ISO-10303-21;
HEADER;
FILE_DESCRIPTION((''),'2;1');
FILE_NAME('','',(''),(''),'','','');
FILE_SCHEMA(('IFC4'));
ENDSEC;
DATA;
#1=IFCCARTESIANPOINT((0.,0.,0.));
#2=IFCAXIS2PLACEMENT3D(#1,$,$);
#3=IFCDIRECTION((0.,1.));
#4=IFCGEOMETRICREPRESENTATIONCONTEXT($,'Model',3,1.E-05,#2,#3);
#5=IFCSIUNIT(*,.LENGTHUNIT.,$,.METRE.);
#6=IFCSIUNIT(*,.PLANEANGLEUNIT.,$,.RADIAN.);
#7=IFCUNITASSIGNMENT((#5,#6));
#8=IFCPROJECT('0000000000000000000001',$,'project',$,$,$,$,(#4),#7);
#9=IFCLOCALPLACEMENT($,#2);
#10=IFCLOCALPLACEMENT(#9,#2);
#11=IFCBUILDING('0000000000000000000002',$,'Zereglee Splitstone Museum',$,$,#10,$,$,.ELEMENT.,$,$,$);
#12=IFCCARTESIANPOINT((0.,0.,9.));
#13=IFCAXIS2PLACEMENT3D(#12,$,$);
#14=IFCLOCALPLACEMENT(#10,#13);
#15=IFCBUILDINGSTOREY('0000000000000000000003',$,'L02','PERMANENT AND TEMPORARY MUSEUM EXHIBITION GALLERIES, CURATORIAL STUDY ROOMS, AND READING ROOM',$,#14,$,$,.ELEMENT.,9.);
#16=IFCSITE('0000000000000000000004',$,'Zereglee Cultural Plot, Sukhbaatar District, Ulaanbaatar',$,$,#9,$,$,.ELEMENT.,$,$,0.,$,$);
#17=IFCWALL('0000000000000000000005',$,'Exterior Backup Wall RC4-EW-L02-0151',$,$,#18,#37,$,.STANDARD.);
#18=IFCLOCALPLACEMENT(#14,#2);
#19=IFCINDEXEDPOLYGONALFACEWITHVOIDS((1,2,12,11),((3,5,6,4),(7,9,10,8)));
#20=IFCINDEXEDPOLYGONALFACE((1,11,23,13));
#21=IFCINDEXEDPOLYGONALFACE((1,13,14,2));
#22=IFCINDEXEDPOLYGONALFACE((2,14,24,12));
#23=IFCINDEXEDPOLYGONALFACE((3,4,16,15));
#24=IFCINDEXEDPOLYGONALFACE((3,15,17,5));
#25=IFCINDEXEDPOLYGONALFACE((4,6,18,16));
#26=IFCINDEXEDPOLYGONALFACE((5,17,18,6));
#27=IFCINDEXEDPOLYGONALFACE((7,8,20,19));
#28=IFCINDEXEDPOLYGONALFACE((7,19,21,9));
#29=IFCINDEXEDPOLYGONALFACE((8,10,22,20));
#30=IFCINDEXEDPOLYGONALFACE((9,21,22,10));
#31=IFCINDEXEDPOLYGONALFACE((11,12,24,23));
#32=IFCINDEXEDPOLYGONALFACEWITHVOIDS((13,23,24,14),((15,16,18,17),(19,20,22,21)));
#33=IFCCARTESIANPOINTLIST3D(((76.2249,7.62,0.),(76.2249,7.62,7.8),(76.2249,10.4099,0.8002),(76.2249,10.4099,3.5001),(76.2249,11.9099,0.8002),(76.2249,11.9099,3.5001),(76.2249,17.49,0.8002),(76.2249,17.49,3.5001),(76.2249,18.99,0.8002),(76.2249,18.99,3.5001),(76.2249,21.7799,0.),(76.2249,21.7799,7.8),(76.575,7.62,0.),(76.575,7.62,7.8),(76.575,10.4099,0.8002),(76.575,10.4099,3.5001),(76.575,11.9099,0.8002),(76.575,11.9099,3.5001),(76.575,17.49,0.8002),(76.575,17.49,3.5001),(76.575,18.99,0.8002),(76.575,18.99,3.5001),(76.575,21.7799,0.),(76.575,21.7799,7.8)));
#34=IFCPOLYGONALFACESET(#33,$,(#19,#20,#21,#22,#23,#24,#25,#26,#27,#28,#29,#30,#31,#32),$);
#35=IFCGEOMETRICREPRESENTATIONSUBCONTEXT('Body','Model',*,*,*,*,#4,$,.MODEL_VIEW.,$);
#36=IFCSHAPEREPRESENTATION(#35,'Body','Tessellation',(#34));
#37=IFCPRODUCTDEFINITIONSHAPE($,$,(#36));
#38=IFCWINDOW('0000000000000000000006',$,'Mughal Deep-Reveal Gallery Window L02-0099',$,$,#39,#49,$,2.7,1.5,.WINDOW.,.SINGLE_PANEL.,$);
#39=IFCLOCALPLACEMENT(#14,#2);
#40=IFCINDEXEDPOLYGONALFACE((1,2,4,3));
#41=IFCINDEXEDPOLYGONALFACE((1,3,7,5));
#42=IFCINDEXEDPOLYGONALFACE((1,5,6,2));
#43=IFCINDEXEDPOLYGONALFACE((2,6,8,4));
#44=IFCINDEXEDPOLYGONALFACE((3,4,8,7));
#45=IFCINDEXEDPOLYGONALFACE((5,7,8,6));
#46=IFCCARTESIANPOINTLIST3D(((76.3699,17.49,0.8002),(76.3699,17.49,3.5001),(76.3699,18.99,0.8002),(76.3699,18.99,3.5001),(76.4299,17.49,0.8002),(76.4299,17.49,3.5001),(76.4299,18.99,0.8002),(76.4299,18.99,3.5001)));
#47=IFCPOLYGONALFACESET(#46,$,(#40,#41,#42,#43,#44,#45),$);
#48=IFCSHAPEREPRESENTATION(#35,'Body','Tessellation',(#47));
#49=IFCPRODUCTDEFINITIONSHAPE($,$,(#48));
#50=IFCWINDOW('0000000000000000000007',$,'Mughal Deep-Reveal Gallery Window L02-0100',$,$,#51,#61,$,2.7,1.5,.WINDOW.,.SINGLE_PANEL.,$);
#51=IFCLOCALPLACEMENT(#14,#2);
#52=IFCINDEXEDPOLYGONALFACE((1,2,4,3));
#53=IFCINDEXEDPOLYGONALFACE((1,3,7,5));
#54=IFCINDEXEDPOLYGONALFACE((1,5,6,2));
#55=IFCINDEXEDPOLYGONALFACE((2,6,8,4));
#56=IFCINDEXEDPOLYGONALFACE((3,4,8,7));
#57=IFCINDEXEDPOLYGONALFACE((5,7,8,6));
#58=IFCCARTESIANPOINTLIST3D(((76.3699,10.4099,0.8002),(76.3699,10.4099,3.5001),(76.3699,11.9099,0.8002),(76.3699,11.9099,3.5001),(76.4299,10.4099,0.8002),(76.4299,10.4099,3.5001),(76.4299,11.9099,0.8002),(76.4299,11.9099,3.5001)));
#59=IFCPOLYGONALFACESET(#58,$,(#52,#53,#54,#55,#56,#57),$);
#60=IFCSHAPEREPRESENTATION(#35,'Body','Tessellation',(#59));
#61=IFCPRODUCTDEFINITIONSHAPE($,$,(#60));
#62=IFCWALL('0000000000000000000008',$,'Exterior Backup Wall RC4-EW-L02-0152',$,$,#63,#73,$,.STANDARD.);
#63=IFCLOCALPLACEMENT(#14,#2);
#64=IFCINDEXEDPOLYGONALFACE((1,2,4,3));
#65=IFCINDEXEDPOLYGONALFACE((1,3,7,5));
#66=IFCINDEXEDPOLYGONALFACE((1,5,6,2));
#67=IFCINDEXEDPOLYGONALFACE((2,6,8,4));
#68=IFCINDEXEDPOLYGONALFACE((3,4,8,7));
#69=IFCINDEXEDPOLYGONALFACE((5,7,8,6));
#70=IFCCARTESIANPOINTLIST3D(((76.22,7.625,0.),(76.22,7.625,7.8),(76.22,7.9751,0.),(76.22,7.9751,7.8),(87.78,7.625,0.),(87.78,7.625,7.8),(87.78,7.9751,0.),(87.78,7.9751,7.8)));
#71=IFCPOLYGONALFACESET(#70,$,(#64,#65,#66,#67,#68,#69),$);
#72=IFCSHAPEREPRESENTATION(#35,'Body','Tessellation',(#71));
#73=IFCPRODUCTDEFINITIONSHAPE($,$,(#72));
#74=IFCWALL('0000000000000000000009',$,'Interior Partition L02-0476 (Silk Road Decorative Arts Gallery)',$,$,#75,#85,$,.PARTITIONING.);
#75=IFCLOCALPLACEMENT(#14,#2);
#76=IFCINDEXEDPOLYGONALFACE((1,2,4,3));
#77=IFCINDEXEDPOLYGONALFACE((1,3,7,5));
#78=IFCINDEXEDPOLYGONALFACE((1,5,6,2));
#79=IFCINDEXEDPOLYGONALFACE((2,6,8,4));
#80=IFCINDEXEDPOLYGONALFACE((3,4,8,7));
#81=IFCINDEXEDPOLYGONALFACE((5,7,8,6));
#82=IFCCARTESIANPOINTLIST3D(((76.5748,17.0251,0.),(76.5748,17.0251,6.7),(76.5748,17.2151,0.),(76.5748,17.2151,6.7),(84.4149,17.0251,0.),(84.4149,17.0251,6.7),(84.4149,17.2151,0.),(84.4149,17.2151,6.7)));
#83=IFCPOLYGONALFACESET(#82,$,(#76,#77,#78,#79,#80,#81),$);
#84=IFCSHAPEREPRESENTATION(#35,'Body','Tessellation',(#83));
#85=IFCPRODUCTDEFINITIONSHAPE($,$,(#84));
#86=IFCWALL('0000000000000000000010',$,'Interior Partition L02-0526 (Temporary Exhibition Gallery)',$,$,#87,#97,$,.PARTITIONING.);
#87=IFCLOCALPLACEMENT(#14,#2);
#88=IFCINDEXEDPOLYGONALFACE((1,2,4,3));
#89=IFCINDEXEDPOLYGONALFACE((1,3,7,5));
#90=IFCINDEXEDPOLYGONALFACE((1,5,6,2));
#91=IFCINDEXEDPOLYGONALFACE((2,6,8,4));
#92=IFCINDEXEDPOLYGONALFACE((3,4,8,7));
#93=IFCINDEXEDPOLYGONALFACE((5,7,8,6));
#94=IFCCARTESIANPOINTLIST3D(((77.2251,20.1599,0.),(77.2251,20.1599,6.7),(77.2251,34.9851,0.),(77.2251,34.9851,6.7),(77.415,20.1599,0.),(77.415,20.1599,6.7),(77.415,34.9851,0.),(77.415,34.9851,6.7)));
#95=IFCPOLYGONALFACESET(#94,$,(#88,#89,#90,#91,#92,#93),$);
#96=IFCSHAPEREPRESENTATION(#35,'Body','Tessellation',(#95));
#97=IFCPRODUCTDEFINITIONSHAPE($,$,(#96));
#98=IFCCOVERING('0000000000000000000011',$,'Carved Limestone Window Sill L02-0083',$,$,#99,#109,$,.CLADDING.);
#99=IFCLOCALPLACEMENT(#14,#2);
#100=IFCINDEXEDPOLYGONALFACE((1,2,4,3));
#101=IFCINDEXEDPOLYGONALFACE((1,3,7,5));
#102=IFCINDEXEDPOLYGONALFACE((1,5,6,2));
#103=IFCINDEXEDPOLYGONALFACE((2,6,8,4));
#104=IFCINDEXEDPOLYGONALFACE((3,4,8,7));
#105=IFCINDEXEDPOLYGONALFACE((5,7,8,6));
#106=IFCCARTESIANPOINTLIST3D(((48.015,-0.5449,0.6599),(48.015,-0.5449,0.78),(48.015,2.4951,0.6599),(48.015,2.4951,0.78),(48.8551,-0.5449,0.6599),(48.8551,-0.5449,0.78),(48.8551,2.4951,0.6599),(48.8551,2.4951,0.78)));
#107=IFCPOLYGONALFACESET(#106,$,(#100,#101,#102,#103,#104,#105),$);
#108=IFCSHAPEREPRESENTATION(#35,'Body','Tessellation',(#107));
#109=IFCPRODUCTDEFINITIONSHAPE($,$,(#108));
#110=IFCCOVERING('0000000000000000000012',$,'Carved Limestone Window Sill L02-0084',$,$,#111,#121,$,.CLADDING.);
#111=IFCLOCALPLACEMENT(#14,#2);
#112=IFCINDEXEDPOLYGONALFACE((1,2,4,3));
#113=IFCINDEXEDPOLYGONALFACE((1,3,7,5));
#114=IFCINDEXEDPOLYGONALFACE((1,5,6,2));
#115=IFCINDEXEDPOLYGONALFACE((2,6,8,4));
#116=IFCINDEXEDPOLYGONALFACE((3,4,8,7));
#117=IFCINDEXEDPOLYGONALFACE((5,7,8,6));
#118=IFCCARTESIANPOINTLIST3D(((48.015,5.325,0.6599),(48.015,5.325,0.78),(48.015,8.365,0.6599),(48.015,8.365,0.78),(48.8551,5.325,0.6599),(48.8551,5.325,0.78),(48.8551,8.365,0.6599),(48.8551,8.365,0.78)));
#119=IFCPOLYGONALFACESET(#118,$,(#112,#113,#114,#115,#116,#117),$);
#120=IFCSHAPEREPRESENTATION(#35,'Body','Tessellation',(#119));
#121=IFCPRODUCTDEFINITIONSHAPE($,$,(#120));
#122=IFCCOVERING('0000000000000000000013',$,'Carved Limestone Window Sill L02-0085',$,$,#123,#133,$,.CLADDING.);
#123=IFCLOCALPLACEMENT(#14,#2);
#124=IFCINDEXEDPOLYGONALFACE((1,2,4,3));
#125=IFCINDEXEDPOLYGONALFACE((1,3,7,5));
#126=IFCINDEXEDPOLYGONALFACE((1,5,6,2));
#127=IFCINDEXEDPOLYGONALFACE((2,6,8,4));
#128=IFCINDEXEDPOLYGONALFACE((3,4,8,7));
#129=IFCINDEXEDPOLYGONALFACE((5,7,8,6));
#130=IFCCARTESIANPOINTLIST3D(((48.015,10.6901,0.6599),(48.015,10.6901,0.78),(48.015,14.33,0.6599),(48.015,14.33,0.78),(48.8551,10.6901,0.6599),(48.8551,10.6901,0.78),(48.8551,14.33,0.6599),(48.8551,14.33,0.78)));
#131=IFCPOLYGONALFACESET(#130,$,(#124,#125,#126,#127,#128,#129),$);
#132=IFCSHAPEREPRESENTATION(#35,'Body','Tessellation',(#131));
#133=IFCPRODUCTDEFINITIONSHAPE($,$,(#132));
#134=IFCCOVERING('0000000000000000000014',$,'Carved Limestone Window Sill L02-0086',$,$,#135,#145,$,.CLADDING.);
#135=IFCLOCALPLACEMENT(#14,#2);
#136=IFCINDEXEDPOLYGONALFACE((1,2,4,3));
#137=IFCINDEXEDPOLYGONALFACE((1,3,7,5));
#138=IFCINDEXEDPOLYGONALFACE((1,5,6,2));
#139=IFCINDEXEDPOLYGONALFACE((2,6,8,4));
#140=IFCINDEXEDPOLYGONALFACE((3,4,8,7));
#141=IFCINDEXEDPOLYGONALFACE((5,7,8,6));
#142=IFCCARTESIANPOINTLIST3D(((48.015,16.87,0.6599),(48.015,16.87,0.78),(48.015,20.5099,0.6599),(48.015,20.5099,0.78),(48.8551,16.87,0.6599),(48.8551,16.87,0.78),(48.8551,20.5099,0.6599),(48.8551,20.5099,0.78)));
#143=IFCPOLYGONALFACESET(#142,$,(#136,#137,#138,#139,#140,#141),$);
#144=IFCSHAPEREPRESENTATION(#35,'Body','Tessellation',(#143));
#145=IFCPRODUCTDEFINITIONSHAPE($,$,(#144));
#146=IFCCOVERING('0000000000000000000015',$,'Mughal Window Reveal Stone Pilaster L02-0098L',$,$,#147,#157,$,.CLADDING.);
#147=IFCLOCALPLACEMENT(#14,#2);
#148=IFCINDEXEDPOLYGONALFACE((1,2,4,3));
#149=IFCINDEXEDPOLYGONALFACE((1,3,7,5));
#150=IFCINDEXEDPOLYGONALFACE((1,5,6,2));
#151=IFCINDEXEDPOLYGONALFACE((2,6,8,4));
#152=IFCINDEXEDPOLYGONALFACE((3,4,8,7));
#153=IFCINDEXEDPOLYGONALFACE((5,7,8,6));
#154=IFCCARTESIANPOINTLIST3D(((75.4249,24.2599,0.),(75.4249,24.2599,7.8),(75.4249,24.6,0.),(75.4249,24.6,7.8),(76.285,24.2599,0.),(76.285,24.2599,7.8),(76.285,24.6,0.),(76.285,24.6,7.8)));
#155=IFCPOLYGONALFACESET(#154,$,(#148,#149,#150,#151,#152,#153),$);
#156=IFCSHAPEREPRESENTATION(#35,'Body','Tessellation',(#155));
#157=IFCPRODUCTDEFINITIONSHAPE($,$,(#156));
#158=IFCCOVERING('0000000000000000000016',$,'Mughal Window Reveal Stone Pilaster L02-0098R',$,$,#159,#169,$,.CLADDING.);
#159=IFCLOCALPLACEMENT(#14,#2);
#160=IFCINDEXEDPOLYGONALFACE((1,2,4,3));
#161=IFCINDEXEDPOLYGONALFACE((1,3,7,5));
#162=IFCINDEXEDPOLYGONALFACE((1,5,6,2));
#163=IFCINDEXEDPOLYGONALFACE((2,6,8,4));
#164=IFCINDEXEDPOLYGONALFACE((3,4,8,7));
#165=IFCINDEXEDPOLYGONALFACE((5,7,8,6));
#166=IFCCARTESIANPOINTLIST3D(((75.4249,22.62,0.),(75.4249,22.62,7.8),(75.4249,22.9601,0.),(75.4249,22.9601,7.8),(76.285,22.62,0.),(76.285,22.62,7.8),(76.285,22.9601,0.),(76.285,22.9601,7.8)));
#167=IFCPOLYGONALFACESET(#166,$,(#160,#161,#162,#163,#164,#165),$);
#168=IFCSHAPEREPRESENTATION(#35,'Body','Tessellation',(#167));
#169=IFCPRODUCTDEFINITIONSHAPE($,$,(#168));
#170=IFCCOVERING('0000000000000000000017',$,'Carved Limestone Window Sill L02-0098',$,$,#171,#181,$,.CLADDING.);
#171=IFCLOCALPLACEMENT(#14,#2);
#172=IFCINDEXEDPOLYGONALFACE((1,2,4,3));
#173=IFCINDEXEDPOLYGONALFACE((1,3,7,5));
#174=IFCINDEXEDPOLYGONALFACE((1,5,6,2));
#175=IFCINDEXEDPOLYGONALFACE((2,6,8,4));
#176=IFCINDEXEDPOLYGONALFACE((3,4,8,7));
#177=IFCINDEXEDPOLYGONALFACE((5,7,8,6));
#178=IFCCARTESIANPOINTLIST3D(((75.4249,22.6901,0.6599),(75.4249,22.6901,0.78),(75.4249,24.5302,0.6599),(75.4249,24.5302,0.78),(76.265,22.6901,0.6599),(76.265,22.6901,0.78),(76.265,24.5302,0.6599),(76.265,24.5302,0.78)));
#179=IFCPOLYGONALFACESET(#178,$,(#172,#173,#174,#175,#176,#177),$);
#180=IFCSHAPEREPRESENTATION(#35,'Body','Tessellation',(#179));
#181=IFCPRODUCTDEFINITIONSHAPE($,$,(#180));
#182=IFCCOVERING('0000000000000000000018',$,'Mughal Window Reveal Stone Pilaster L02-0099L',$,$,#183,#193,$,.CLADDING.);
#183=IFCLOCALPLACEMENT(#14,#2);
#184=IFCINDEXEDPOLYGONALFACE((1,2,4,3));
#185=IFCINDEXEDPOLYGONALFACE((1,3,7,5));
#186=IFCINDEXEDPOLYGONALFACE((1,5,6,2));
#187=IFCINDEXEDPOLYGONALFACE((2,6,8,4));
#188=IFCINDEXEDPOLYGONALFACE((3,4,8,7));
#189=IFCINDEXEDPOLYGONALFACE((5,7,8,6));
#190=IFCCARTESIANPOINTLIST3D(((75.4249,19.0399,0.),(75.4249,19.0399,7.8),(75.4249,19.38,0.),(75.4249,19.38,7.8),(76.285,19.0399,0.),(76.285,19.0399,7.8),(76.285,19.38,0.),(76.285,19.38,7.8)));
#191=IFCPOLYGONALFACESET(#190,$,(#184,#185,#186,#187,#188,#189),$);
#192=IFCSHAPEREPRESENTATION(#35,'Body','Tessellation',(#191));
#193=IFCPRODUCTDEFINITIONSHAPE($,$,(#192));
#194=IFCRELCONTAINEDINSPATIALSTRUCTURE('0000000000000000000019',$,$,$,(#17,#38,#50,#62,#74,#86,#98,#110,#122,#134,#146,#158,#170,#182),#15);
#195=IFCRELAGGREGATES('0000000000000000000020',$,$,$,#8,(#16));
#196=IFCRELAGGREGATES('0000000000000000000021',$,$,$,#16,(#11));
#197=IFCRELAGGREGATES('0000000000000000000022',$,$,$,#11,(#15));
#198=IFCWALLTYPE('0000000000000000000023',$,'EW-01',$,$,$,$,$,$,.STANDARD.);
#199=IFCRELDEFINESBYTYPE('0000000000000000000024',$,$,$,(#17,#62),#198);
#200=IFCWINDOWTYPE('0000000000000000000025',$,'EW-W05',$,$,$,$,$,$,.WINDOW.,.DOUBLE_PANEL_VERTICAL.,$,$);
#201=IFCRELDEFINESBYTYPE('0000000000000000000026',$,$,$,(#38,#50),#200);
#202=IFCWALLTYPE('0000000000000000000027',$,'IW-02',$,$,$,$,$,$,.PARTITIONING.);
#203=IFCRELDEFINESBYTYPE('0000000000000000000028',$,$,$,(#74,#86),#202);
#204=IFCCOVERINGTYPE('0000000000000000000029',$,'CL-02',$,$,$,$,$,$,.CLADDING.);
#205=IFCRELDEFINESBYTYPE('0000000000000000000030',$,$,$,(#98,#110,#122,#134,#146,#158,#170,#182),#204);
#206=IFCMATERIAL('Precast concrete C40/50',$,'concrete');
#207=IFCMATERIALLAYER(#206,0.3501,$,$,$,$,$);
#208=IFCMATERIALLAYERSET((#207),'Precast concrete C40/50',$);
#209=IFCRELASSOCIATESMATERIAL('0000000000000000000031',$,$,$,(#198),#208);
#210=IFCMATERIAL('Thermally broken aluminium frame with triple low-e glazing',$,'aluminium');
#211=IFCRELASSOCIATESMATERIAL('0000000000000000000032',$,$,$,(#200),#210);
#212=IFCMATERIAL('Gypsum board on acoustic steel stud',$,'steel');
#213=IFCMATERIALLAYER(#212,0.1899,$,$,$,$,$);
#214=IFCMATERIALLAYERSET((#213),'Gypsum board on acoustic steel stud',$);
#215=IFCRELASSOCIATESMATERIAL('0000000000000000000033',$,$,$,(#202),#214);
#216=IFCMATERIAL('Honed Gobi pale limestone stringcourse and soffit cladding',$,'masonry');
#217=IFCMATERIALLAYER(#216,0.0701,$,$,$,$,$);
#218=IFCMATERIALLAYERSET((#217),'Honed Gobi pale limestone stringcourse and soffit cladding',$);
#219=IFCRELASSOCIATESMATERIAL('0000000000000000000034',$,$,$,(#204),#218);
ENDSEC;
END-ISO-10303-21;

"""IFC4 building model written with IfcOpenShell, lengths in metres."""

from ifc_helpers import new_model, si_unit, direction, frame, frame_2d, origin, origin_2d, place, context, subcontext, project, spatial, rectangle, extrude, material, layer, layer_set, type_object, element, fill, save


model = new_model("IFC4")

# Units and contexts
model_context = context("Model", 3, precision=1e-05, world=origin(), true_north=direction((0.0, 1.0)))
body_context = subcontext(model_context, "Body", "Model", "MODEL_VIEW")
ifc_project = project(units=[si_unit("LENGTHUNIT", "METRE"), si_unit("PLANEANGLEUNIT", "RADIAN")], contexts=[model_context])

# Site, building, storey
site_placement = place(None, origin())
site = spatial("IfcSite", under=ifc_project, at=site_placement, Name="Zereglee Cultural Plot, Sukhbaatar District, Ulaanbaatar", CompositionType="ELEMENT", RefElevation=0.0)
building_placement = place(site_placement, origin())
building = spatial("IfcBuilding", under=site, at=building_placement, Name="Zereglee Splitstone Museum", CompositionType="ELEMENT")
storey_placement = place(building_placement, frame((0.0, 0.0, 9.0)))
storey = spatial("IfcBuildingStorey", under=building, at=storey_placement, Name="L02", Description="PERMANENT AND TEMPORARY MUSEUM EXHIBITION GALLERIES, CURATORIAL STUDY ROOMS, AND READING ROOM", CompositionType="ELEMENT", Elevation=9.0)

# Wall, openings, windows
ifc_material_1 = material(Name="Precast concrete C40/50", Category="concrete")
ifc_layer_1 = layer(ifc_material_1, 0.3501)
ifc_layer_set_1 = layer_set([ifc_layer_1], Name="Precast concrete C40/50")
wall_type_1 = type_object("IfcWallType", Name="EW-01", PredefinedType="STANDARD", material=ifc_layer_set_1)
wall_1_placement = place(storey_placement, frame((76.3999, 21.78, 0.0), z_axis=(0.0, 0.0, 1.0), x_axis=(0.0, -1.0, 0.0)))
wall_1 = element("IfcWall", 1, at=wall_1_placement, inside=storey, type_object=wall_type_1, Name="Exterior Backup Wall RC4-EW-L02-0151", PredefinedType="STANDARD", context=body_context, shape_type="SweptSolid", body=[
    extrude(rectangle(XDim=14.1599, YDim=0.3501, at=frame_2d((7.0801, 0.0))), origin(), (0.0, 0.0, 1.0), 7.8),
])
opening_1_placement = place(wall_1_placement, frame((2.79, 0.0, 0.8)))
opening_1 = element("IfcOpeningElement", 2, at=opening_1_placement, cuts=wall_1, PredefinedType="OPENING", context=body_context, shape_type="SweptSolid", body=[
    extrude(rectangle(XDim=1.5, YDim=2.7, at=frame_2d((0.75, 1.3501))), frame((0.0, 0.1899, 0.0), z_axis=(0.0, -1.0, 0.0), x_axis=(1.0, 0.0, 0.0)), (0.0, 0.0, 1.0), 0.3799),
])
opening_2_placement = place(wall_1_placement, frame((9.8701, 0.0, 0.8)))
opening_2 = element("IfcOpeningElement", 3, at=opening_2_placement, cuts=wall_1, PredefinedType="OPENING", context=body_context, shape_type="SweptSolid", body=[
    extrude(rectangle(XDim=1.5, YDim=2.7, at=frame_2d((0.75, 1.3501))), frame((0.0, 0.1899, 0.0), z_axis=(0.0, -1.0, 0.0), x_axis=(1.0, 0.0, 0.0)), (0.0, 0.0, 1.0), 0.3799),
])
ifc_material_2 = material(Name="Thermally broken aluminium frame with triple low-e glazing", Category="aluminium")
window_type = type_object("IfcWindowType", Name="EW-W05", PartitioningType="DOUBLE_PANEL_VERTICAL", PredefinedType="WINDOW", material=ifc_material_2)
window_1_placement = place(opening_1_placement, origin())
window_1 = element("IfcWindow", 4, at=window_1_placement, inside=storey, type_object=window_type, Name="Mughal Deep-Reveal Gallery Window L02-0099", OverallHeight=2.7, OverallWidth=1.5, PartitioningType="SINGLE_PANEL", PredefinedType="WINDOW", context=body_context, shape_type="SweptSolid", body=[
    extrude(rectangle(XDim=1.5, YDim=2.7, at=frame_2d((0.75, 1.3501))), frame((0.0, 0.03, 0.0), z_axis=(0.0, -1.0, 0.0), x_axis=(1.0, 0.0, 0.0)), (0.0, 0.0, 1.0), 0.0601),
])
fill(opening_1, window_1)
window_2_placement = place(opening_2_placement, origin())
window_2 = element("IfcWindow", 5, at=window_2_placement, inside=storey, type_object=window_type, Name="Mughal Deep-Reveal Gallery Window L02-0100", OverallHeight=2.7, OverallWidth=1.5, PartitioningType="SINGLE_PANEL", PredefinedType="WINDOW", context=body_context, shape_type="SweptSolid", body=[
    extrude(rectangle(XDim=1.5, YDim=2.7, at=frame_2d((0.75, 1.3501))), frame((0.0, 0.03, 0.0), z_axis=(0.0, -1.0, 0.0), x_axis=(1.0, 0.0, 0.0)), (0.0, 0.0, 1.0), 0.0601),
])
fill(opening_2, window_2)

# Walls
wall_2_placement = place(storey_placement, frame((76.22, 7.8, 0.0), z_axis=(0.0, 0.0, 1.0), x_axis=(1.0, 0.0, 0.0)))
element("IfcWall", 6, at=wall_2_placement, inside=storey, type_object=wall_type_1, Name="Exterior Backup Wall RC4-EW-L02-0152", PredefinedType="STANDARD", context=body_context, shape_type="SweptSolid", body=[
    extrude(rectangle(XDim=11.5601, YDim=0.3501, at=frame_2d((5.78, 0.0))), origin(), (0.0, 0.0, 1.0), 7.8),
])
ifc_material_3 = material(Name="Gypsum board on acoustic steel stud", Category="steel")
ifc_layer_2 = layer(ifc_material_3, 0.1899)
ifc_layer_set_2 = layer_set([ifc_layer_2], Name="Gypsum board on acoustic steel stud")
wall_type_2 = type_object("IfcWallType", Name="IW-02", PredefinedType="PARTITIONING", material=ifc_layer_set_2)
wall_3_placement = place(storey_placement, frame((76.575, 17.1201, 0.0), z_axis=(0.0, 0.0, 1.0), x_axis=(1.0, 0.0, 0.0)))
element("IfcWall", 7, at=wall_3_placement, inside=storey, type_object=wall_type_2, Name="Interior Partition L02-0476 (Silk Road Decorative Arts Gallery)", PredefinedType="PARTITIONING", context=body_context, shape_type="SweptSolid", body=[
    extrude(rectangle(XDim=7.8401, YDim=0.1899, at=frame_2d((3.9199, 0.0))), origin(), (0.0, 0.0, 1.0), 6.7),
])
wall_4_placement = place(storey_placement, frame((77.3201, 20.1599, 0.0), z_axis=(0.0, 0.0, 1.0), x_axis=(0.0, 1.0, 0.0)))
element("IfcWall", 8, at=wall_4_placement, inside=storey, type_object=wall_type_2, Name="Interior Partition L02-0526 (Temporary Exhibition Gallery)", PredefinedType="PARTITIONING", context=body_context, shape_type="SweptSolid", body=[
    extrude(rectangle(XDim=14.8252, YDim=0.1899, at=frame_2d((7.4126, 0.0))), origin(), (0.0, 0.0, 1.0), 6.7),
])

# Coverings
ifc_material_4 = material(Name="Honed Gobi pale limestone stringcourse and soffit cladding", Category="masonry")
ifc_layer_3 = layer(ifc_material_4, 0.0701)
ifc_layer_set_3 = layer_set([ifc_layer_3], Name="Honed Gobi pale limestone stringcourse and soffit cladding")
covering_type_1 = type_object("IfcCoveringType", Name="CL-02", PredefinedType="CLADDING", material=ifc_layer_set_3)
for number, where, z_axis, x_axis, name in (
    (9, (48.4351, 0.9751, 0.6599), (0.0, 0.0, 1.0), (0.0, 1.0, 0.0), "Carved Limestone Window Sill L02-0083"),
    (10, (48.4351, 6.845, 0.6599), (0.0, 0.0, 1.0), (0.0, 1.0, 0.0), "Carved Limestone Window Sill L02-0084"),
):
    element("IfcCovering", number, at=place(storey_placement, frame(where, z_axis=z_axis, x_axis=x_axis)), inside=storey, type_object=covering_type_1, Name=name, PredefinedType="CLADDING", context=body_context, shape_type="SweptSolid", body=[
        extrude(rectangle(XDim=3.04, YDim=0.8401, at=origin_2d()), origin(), (0.0, 0.0, 1.0), 0.1201),
    ])
for number, where, z_axis, x_axis, name in (
    (11, (48.4351, 12.51, 0.6599), (0.0, 0.0, 1.0), (0.0, 1.0, 0.0), "Carved Limestone Window Sill L02-0085"),
    (12, (48.4351, 18.6899, 0.6599), (0.0, 0.0, 1.0), (0.0, 1.0, 0.0), "Carved Limestone Window Sill L02-0086"),
):
    element("IfcCovering", number, at=place(storey_placement, frame(where, z_axis=z_axis, x_axis=x_axis)), inside=storey, type_object=covering_type_1, Name=name, PredefinedType="CLADDING", context=body_context, shape_type="SweptSolid", body=[
        extrude(rectangle(XDim=3.6399, YDim=0.8401, at=origin_2d()), origin(), (0.0, 0.0, 1.0), 0.1201),
    ])
for number, where, z_axis, x_axis, name in (
    (13, (75.855, 24.4299, 0.0), (0.0, 0.0, 1.0), (0.0, -1.0, 0.0), "Mughal Window Reveal Stone Pilaster L02-0098L"),
    (14, (75.855, 22.79, 0.0), (0.0, 0.0, 1.0), (0.0, -1.0, 0.0), "Mughal Window Reveal Stone Pilaster L02-0098R"),
):
    element("IfcCovering", number, at=place(storey_placement, frame(where, z_axis=z_axis, x_axis=x_axis)), inside=storey, type_object=covering_type_1, Name=name, PredefinedType="CLADDING", context=body_context, shape_type="SweptSolid", body=[
        extrude(rectangle(XDim=0.3401, YDim=0.8601, at=origin_2d()), origin(), (0.0, 0.0, 1.0), 7.8),
    ])
covering_1_placement = place(storey_placement, frame((75.845, 23.6101, 0.6599), z_axis=(0.0, 0.0, 1.0), x_axis=(0.0, -1.0, 0.0)))
element("IfcCovering", 15, at=covering_1_placement, inside=storey, type_object=covering_type_1, Name="Carved Limestone Window Sill L02-0098", PredefinedType="CLADDING", context=body_context, shape_type="SweptSolid", body=[
    extrude(rectangle(XDim=1.8401, YDim=0.8401, at=origin_2d()), origin(), (0.0, 0.0, 1.0), 0.1201),
])
for number, where, z_axis, x_axis, name in (
    (16, (75.855, 19.21, 0.0), (0.0, 0.0, 1.0), (0.0, -1.0, 0.0), "Mughal Window Reveal Stone Pilaster L02-0099L"),
):
    element("IfcCovering", number, at=place(storey_placement, frame(where, z_axis=z_axis, x_axis=x_axis)), inside=storey, type_object=covering_type_1, Name=name, PredefinedType="CLADDING", context=body_context, shape_type="SweptSolid", body=[
        extrude(rectangle(XDim=0.3401, YDim=0.8601, at=origin_2d()), origin(), (0.0, 0.0, 1.0), 7.8),
    ])

save(model, "model.ifc")
